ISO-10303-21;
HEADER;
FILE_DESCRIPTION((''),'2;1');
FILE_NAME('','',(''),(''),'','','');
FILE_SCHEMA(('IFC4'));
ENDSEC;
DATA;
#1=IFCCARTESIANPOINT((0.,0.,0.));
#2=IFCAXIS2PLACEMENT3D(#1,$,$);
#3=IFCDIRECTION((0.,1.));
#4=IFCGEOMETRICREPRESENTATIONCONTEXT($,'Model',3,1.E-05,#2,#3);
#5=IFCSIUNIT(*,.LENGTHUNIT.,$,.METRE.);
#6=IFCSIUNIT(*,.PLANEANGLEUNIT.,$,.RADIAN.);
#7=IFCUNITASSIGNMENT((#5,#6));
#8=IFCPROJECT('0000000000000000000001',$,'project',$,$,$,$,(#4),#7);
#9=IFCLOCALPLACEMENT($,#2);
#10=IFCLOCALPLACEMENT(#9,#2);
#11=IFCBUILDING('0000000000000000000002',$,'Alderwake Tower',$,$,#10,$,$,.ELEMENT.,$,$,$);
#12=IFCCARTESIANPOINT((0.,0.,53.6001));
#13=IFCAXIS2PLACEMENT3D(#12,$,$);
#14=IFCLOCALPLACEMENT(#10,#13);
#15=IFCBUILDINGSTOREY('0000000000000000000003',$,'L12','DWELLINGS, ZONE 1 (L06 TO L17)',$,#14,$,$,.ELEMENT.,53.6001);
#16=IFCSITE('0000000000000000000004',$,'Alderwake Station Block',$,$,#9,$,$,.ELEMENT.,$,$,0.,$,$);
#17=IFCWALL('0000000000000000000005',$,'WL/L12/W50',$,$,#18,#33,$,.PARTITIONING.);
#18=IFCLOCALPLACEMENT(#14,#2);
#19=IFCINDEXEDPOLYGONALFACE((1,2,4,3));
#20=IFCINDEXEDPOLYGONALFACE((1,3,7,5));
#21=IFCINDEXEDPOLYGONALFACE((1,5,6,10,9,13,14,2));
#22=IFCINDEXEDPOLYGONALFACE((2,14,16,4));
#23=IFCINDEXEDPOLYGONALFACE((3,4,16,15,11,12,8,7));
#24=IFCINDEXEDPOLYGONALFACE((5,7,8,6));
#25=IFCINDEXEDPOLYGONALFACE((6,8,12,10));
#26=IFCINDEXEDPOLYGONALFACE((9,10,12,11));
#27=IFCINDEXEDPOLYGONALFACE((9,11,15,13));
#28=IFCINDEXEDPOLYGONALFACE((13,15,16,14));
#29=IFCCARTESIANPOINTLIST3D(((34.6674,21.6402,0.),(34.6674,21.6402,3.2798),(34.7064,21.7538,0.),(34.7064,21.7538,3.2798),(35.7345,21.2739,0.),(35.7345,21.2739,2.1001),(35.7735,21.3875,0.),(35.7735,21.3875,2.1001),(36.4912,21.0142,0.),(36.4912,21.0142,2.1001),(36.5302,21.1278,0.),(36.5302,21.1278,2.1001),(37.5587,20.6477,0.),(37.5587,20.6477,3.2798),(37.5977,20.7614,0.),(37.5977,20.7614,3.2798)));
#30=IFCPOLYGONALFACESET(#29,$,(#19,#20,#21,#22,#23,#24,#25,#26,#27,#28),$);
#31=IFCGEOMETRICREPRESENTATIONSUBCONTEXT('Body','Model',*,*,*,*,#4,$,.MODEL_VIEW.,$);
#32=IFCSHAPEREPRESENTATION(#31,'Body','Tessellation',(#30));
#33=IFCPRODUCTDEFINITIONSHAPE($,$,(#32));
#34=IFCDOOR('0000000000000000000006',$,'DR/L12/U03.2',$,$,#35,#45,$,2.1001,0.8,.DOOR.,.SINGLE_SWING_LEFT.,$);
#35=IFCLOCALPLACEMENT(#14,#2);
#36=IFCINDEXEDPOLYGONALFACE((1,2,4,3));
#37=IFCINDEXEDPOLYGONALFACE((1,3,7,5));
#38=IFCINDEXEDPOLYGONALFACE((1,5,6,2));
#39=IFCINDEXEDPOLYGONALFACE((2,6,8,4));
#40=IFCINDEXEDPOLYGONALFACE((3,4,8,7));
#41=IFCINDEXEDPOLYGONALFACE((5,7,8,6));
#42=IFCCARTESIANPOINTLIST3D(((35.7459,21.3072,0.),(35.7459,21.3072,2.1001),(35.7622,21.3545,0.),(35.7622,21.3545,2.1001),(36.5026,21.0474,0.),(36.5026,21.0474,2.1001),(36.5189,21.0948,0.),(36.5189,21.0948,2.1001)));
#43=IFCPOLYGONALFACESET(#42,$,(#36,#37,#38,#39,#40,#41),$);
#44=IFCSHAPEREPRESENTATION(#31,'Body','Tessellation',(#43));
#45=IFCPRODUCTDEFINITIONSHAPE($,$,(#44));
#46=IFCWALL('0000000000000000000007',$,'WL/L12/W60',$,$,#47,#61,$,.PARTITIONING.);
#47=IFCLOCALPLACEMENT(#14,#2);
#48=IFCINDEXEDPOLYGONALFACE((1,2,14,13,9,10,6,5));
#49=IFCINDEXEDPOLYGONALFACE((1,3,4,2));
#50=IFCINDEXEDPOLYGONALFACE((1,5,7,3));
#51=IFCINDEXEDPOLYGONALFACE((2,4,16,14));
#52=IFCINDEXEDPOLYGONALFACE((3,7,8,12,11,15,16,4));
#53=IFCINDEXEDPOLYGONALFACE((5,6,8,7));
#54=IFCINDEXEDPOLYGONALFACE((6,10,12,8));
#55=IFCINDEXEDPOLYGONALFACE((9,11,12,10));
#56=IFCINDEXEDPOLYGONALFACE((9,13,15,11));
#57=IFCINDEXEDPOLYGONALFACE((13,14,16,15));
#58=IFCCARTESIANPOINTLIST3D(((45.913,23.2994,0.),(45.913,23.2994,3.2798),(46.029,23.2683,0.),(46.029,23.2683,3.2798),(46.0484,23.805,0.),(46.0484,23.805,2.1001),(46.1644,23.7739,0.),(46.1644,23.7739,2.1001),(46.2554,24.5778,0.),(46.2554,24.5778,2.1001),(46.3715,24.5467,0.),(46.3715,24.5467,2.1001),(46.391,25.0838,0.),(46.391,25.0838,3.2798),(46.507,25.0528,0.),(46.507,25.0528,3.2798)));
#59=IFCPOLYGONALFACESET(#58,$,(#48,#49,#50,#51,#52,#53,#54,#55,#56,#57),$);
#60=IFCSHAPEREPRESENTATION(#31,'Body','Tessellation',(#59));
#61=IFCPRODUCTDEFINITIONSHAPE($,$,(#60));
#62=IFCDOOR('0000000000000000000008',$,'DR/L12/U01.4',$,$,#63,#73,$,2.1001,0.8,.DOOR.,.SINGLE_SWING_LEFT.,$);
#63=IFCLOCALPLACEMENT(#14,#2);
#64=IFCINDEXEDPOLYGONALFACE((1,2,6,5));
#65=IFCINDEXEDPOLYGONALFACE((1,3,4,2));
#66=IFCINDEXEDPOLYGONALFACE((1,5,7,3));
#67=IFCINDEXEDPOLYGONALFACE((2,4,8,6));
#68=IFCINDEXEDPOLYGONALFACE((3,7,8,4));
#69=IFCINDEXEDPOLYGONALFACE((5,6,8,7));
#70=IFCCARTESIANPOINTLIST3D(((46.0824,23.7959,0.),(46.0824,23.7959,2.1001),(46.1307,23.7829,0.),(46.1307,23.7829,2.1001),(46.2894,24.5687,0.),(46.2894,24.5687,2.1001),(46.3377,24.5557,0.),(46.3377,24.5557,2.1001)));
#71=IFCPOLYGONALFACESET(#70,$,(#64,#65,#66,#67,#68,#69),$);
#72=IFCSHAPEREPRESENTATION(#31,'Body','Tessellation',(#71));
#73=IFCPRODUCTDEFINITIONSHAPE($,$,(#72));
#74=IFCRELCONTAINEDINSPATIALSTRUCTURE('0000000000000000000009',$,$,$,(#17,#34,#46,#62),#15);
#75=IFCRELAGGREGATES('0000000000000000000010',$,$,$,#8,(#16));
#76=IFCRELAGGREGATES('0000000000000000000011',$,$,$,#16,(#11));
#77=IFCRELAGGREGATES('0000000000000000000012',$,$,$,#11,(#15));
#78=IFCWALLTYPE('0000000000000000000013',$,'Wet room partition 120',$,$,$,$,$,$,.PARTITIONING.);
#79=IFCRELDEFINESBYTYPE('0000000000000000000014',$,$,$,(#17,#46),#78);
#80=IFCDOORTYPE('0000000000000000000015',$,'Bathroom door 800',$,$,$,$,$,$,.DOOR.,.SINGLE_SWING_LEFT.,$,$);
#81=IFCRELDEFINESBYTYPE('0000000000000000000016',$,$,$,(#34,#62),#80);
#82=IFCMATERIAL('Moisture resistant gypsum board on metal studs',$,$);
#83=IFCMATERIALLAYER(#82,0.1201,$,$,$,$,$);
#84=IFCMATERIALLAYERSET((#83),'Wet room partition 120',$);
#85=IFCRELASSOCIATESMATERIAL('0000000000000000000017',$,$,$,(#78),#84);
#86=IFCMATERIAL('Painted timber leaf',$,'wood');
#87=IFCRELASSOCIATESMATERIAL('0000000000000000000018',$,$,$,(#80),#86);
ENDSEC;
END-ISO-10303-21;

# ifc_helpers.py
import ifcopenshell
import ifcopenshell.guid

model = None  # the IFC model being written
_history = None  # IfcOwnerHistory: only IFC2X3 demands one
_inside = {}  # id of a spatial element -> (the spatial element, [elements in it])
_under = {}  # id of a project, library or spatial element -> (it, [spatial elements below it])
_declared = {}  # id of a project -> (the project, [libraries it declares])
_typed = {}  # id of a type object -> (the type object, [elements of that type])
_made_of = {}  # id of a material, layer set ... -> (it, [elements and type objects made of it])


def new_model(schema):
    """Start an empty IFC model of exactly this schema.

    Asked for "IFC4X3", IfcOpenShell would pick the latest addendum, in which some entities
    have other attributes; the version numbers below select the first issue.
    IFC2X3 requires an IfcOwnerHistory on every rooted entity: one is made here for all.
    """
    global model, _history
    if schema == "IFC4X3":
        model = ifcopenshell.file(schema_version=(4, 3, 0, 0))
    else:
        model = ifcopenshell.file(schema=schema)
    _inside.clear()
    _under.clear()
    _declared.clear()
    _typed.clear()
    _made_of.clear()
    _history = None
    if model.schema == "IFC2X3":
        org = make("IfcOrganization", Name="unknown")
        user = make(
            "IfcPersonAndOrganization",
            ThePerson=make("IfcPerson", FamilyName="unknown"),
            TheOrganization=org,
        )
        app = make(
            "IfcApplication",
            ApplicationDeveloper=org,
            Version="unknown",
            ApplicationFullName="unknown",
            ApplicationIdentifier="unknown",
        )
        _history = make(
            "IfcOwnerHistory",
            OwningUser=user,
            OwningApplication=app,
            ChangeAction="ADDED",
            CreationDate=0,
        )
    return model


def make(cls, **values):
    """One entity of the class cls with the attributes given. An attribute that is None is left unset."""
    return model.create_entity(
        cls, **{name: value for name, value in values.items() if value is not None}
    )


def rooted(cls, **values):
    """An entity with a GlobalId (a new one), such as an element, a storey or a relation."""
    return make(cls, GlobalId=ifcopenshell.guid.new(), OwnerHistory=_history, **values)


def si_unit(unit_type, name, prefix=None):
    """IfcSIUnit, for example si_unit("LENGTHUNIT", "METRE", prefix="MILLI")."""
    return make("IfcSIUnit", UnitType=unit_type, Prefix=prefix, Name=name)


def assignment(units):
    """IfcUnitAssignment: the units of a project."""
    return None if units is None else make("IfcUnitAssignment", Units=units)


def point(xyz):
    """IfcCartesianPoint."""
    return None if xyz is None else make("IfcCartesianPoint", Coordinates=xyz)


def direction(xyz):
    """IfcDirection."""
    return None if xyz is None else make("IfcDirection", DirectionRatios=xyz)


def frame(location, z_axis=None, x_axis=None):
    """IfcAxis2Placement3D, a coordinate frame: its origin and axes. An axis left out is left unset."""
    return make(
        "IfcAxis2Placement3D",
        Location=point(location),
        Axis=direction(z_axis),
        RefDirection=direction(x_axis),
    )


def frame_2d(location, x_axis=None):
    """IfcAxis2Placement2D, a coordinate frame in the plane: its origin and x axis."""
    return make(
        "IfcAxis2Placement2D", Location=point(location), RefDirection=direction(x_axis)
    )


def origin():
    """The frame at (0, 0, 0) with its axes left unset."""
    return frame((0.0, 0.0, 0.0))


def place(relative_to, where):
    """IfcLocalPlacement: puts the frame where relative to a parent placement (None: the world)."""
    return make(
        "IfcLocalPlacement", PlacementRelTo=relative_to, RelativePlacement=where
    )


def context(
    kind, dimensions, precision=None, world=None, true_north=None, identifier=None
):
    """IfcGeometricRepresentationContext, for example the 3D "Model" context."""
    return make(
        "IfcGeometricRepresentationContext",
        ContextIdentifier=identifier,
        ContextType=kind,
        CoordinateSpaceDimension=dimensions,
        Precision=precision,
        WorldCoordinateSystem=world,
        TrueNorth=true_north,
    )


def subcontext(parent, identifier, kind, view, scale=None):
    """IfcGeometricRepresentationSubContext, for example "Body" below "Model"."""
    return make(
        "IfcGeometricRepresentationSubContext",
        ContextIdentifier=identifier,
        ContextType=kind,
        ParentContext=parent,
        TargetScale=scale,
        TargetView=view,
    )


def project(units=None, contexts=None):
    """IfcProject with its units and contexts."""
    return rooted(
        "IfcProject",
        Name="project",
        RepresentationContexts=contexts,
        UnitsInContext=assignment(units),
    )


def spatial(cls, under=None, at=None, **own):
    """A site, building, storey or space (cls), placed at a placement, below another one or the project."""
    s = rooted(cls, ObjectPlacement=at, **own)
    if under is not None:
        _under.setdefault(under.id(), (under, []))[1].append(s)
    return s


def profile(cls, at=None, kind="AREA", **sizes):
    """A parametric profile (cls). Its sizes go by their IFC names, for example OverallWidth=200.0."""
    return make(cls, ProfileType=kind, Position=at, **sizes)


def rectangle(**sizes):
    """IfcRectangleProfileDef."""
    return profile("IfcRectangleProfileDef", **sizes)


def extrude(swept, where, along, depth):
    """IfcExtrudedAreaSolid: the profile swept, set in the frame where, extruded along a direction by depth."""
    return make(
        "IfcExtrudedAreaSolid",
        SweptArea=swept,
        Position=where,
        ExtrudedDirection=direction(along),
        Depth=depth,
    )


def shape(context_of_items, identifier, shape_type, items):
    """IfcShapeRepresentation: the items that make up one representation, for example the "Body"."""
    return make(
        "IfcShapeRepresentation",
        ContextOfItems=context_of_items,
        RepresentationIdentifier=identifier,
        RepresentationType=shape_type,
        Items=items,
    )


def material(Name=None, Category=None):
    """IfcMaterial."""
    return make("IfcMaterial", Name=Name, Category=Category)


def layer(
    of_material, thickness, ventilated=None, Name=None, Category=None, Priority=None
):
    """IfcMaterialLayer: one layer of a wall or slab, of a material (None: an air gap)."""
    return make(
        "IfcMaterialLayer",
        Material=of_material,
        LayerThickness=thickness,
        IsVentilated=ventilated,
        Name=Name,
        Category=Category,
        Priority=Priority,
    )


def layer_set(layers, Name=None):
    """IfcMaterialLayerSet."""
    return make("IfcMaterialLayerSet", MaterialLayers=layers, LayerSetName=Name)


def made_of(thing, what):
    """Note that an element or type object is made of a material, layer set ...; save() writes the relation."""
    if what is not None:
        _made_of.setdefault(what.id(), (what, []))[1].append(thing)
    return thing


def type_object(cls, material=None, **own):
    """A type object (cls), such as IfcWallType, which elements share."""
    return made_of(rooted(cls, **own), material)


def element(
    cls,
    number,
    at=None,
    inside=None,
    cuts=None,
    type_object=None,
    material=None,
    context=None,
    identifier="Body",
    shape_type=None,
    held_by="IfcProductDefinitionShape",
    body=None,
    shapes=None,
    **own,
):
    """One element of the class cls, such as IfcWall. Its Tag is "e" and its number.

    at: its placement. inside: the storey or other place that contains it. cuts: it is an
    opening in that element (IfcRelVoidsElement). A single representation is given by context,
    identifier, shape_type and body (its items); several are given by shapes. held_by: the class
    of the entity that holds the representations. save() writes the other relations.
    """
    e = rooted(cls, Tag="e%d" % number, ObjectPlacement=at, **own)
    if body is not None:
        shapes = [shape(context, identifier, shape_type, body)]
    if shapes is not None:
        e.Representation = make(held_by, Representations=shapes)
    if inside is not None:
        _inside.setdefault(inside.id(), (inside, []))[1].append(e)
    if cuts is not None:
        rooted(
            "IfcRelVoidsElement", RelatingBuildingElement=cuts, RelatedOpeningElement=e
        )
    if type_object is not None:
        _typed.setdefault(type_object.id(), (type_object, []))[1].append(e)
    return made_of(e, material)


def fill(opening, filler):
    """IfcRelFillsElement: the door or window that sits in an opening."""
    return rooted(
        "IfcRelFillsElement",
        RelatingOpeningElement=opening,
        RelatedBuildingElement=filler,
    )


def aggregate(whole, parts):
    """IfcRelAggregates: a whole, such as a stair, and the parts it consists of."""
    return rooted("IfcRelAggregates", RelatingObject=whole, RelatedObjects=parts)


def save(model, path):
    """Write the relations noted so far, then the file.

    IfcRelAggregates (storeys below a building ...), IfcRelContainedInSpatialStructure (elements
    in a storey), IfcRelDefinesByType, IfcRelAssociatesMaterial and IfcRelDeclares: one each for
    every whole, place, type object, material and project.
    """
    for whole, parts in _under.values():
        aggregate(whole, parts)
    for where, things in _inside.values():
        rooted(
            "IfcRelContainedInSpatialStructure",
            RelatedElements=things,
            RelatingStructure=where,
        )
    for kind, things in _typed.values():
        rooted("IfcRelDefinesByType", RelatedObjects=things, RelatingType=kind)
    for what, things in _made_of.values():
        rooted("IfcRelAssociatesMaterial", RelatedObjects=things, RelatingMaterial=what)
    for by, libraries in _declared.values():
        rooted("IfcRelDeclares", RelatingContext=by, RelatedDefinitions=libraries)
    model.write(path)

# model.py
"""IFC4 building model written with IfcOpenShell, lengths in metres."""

from ifc_helpers import new_model, si_unit, direction, frame, frame_2d, origin, place, context, subcontext, project, spatial, rectangle, extrude, material, layer, layer_set, type_object, element, fill, save


model = new_model("IFC4")

# Units and contexts
model_context = context("Model", 3, precision=1e-05, world=origin(), true_north=direction((0.0, 1.0)))
body_context = subcontext(model_context, "Body", "Model", "MODEL_VIEW")
ifc_project = project(units=[si_unit("LENGTHUNIT", "METRE"), si_unit("PLANEANGLEUNIT", "RADIAN")], contexts=[model_context])

# Site, building, storey
site_placement = place(None, origin())
site = spatial("IfcSite", under=ifc_project, at=site_placement, Name="Alderwake Station Block", CompositionType="ELEMENT", RefElevation=0.0)
building_placement = place(site_placement, origin())
building = spatial("IfcBuilding", under=site, at=building_placement, Name="Alderwake Tower", CompositionType="ELEMENT")
storey_placement = place(building_placement, frame((0.0, 0.0, 53.6001)))
storey = spatial("IfcBuildingStorey", under=building, at=storey_placement, Name="L12", Description="DWELLINGS, ZONE 1 (L06 TO L17)", CompositionType="ELEMENT", Elevation=53.6001)

# Shared definitions
ifc_material_1 = material(Name="Moisture resistant gypsum board on metal studs")
ifc_layer_1 = layer(ifc_material_1, 0.1201)
ifc_layer_set_1 = layer_set([ifc_layer_1], Name="Wet room partition 120")
wall_type_1 = type_object("IfcWallType", Name="Wet room partition 120", PredefinedType="PARTITIONING", material=ifc_layer_set_1)

# Walls, openings, doors
wall_1_placement = place(storey_placement, frame((37.5781, 20.7046, 0.0), z_axis=(0.0, 0.0, 1.0), x_axis=(-0.945835, 0.324649, 0.0)))
wall_1 = element("IfcWall", 1, at=wall_1_placement, inside=storey, type_object=wall_type_1, Name="WL/L12/W50", PredefinedType="PARTITIONING", context=body_context, shape_type="SweptSolid", body=[
    extrude(rectangle(XDim=3.0569, YDim=0.1201, at=frame_2d((1.5283, 0.0))), origin(), (0.0, 0.0, 1.0), 3.2798),
])
opening_1_placement = place(wall_1_placement, frame((1.1287, 0.0, 0.0)))
opening_1 = element("IfcOpeningElement", 2, at=opening_1_placement, cuts=wall_1, PredefinedType="OPENING", context=body_context, shape_type="SweptSolid", body=[
    extrude(rectangle(XDim=0.8, YDim=2.1001, at=frame_2d((0.3999, 1.05))), frame((0.0, 0.0701, 0.0), z_axis=(0.0, -1.0, 0.0), x_axis=(1.0, 0.0, 0.0)), (0.0, 0.0, 1.0), 0.1401),
])
ifc_material_2 = material(Name="Painted timber leaf", Category="wood")
door_type_1 = type_object("IfcDoorType", Name="Bathroom door 800", OperationType="SINGLE_SWING_LEFT", PredefinedType="DOOR", material=ifc_material_2)
door_1_placement = place(opening_1_placement, origin())
door_1 = element("IfcDoor", 3, at=door_1_placement, inside=storey, type_object=door_type_1, Name="DR/L12/U03.2", OperationType="SINGLE_SWING_LEFT", OverallHeight=2.1001, OverallWidth=0.8, PredefinedType="DOOR", context=body_context, shape_type="SweptSolid", body=[
    extrude(rectangle(XDim=0.8, YDim=2.1001, at=frame_2d((0.3999, 1.05))), frame((0.0, 0.0249, 0.0), z_axis=(0.0, -1.0, 0.0), x_axis=(1.0, 0.0, 0.0)), (0.0, 0.0, 1.0), 0.05),
])
fill(opening_1, door_1)
wall_2_placement = place(storey_placement, frame((45.9709, 23.2837, 0.0), z_axis=(0.0, 0.0, 1.0), x_axis=(0.258765, 0.96594, 0.0)))
wall_2 = element("IfcWall", 4, at=wall_2_placement, inside=storey, type_object=wall_type_1, Name="WL/L12/W60", PredefinedType="PARTITIONING", context=body_context, shape_type="SweptSolid", body=[
    extrude(rectangle(XDim=1.8474, YDim=0.1201, at=frame_2d((0.9238, 0.0))), origin(), (0.0, 0.0, 1.0), 3.2798),
])
opening_2_placement = place(wall_2_placement, frame((0.5237, 0.0, 0.0)))
opening_2 = element("IfcOpeningElement", 5, at=opening_2_placement, cuts=wall_2, PredefinedType="OPENING", context=body_context, shape_type="SweptSolid", body=[
    extrude(rectangle(XDim=0.8, YDim=2.1001, at=frame_2d((0.3999, 1.05))), frame((0.0, 0.0701, 0.0), z_axis=(0.0, -1.0, 0.0), x_axis=(1.0, 0.0, 0.0)), (0.0, 0.0, 1.0), 0.1401),
])
door_2_placement = place(opening_2_placement, origin())
door_2 = element("IfcDoor", 6, at=door_2_placement, inside=storey, type_object=door_type_1, Name="DR/L12/U01.4", OperationType="SINGLE_SWING_LEFT", OverallHeight=2.1001, OverallWidth=0.8, PredefinedType="DOOR", context=body_context, shape_type="SweptSolid", body=[
    extrude(rectangle(XDim=0.8, YDim=2.1001, at=frame_2d((0.3999, 1.05))), frame((0.0, 0.0249, 0.0), z_axis=(0.0, -1.0, 0.0), x_axis=(1.0, 0.0, 0.0)), (0.0, 0.0, 1.0), 0.05),
])
fill(opening_2, door_2)

save(model, "model.ifc")
